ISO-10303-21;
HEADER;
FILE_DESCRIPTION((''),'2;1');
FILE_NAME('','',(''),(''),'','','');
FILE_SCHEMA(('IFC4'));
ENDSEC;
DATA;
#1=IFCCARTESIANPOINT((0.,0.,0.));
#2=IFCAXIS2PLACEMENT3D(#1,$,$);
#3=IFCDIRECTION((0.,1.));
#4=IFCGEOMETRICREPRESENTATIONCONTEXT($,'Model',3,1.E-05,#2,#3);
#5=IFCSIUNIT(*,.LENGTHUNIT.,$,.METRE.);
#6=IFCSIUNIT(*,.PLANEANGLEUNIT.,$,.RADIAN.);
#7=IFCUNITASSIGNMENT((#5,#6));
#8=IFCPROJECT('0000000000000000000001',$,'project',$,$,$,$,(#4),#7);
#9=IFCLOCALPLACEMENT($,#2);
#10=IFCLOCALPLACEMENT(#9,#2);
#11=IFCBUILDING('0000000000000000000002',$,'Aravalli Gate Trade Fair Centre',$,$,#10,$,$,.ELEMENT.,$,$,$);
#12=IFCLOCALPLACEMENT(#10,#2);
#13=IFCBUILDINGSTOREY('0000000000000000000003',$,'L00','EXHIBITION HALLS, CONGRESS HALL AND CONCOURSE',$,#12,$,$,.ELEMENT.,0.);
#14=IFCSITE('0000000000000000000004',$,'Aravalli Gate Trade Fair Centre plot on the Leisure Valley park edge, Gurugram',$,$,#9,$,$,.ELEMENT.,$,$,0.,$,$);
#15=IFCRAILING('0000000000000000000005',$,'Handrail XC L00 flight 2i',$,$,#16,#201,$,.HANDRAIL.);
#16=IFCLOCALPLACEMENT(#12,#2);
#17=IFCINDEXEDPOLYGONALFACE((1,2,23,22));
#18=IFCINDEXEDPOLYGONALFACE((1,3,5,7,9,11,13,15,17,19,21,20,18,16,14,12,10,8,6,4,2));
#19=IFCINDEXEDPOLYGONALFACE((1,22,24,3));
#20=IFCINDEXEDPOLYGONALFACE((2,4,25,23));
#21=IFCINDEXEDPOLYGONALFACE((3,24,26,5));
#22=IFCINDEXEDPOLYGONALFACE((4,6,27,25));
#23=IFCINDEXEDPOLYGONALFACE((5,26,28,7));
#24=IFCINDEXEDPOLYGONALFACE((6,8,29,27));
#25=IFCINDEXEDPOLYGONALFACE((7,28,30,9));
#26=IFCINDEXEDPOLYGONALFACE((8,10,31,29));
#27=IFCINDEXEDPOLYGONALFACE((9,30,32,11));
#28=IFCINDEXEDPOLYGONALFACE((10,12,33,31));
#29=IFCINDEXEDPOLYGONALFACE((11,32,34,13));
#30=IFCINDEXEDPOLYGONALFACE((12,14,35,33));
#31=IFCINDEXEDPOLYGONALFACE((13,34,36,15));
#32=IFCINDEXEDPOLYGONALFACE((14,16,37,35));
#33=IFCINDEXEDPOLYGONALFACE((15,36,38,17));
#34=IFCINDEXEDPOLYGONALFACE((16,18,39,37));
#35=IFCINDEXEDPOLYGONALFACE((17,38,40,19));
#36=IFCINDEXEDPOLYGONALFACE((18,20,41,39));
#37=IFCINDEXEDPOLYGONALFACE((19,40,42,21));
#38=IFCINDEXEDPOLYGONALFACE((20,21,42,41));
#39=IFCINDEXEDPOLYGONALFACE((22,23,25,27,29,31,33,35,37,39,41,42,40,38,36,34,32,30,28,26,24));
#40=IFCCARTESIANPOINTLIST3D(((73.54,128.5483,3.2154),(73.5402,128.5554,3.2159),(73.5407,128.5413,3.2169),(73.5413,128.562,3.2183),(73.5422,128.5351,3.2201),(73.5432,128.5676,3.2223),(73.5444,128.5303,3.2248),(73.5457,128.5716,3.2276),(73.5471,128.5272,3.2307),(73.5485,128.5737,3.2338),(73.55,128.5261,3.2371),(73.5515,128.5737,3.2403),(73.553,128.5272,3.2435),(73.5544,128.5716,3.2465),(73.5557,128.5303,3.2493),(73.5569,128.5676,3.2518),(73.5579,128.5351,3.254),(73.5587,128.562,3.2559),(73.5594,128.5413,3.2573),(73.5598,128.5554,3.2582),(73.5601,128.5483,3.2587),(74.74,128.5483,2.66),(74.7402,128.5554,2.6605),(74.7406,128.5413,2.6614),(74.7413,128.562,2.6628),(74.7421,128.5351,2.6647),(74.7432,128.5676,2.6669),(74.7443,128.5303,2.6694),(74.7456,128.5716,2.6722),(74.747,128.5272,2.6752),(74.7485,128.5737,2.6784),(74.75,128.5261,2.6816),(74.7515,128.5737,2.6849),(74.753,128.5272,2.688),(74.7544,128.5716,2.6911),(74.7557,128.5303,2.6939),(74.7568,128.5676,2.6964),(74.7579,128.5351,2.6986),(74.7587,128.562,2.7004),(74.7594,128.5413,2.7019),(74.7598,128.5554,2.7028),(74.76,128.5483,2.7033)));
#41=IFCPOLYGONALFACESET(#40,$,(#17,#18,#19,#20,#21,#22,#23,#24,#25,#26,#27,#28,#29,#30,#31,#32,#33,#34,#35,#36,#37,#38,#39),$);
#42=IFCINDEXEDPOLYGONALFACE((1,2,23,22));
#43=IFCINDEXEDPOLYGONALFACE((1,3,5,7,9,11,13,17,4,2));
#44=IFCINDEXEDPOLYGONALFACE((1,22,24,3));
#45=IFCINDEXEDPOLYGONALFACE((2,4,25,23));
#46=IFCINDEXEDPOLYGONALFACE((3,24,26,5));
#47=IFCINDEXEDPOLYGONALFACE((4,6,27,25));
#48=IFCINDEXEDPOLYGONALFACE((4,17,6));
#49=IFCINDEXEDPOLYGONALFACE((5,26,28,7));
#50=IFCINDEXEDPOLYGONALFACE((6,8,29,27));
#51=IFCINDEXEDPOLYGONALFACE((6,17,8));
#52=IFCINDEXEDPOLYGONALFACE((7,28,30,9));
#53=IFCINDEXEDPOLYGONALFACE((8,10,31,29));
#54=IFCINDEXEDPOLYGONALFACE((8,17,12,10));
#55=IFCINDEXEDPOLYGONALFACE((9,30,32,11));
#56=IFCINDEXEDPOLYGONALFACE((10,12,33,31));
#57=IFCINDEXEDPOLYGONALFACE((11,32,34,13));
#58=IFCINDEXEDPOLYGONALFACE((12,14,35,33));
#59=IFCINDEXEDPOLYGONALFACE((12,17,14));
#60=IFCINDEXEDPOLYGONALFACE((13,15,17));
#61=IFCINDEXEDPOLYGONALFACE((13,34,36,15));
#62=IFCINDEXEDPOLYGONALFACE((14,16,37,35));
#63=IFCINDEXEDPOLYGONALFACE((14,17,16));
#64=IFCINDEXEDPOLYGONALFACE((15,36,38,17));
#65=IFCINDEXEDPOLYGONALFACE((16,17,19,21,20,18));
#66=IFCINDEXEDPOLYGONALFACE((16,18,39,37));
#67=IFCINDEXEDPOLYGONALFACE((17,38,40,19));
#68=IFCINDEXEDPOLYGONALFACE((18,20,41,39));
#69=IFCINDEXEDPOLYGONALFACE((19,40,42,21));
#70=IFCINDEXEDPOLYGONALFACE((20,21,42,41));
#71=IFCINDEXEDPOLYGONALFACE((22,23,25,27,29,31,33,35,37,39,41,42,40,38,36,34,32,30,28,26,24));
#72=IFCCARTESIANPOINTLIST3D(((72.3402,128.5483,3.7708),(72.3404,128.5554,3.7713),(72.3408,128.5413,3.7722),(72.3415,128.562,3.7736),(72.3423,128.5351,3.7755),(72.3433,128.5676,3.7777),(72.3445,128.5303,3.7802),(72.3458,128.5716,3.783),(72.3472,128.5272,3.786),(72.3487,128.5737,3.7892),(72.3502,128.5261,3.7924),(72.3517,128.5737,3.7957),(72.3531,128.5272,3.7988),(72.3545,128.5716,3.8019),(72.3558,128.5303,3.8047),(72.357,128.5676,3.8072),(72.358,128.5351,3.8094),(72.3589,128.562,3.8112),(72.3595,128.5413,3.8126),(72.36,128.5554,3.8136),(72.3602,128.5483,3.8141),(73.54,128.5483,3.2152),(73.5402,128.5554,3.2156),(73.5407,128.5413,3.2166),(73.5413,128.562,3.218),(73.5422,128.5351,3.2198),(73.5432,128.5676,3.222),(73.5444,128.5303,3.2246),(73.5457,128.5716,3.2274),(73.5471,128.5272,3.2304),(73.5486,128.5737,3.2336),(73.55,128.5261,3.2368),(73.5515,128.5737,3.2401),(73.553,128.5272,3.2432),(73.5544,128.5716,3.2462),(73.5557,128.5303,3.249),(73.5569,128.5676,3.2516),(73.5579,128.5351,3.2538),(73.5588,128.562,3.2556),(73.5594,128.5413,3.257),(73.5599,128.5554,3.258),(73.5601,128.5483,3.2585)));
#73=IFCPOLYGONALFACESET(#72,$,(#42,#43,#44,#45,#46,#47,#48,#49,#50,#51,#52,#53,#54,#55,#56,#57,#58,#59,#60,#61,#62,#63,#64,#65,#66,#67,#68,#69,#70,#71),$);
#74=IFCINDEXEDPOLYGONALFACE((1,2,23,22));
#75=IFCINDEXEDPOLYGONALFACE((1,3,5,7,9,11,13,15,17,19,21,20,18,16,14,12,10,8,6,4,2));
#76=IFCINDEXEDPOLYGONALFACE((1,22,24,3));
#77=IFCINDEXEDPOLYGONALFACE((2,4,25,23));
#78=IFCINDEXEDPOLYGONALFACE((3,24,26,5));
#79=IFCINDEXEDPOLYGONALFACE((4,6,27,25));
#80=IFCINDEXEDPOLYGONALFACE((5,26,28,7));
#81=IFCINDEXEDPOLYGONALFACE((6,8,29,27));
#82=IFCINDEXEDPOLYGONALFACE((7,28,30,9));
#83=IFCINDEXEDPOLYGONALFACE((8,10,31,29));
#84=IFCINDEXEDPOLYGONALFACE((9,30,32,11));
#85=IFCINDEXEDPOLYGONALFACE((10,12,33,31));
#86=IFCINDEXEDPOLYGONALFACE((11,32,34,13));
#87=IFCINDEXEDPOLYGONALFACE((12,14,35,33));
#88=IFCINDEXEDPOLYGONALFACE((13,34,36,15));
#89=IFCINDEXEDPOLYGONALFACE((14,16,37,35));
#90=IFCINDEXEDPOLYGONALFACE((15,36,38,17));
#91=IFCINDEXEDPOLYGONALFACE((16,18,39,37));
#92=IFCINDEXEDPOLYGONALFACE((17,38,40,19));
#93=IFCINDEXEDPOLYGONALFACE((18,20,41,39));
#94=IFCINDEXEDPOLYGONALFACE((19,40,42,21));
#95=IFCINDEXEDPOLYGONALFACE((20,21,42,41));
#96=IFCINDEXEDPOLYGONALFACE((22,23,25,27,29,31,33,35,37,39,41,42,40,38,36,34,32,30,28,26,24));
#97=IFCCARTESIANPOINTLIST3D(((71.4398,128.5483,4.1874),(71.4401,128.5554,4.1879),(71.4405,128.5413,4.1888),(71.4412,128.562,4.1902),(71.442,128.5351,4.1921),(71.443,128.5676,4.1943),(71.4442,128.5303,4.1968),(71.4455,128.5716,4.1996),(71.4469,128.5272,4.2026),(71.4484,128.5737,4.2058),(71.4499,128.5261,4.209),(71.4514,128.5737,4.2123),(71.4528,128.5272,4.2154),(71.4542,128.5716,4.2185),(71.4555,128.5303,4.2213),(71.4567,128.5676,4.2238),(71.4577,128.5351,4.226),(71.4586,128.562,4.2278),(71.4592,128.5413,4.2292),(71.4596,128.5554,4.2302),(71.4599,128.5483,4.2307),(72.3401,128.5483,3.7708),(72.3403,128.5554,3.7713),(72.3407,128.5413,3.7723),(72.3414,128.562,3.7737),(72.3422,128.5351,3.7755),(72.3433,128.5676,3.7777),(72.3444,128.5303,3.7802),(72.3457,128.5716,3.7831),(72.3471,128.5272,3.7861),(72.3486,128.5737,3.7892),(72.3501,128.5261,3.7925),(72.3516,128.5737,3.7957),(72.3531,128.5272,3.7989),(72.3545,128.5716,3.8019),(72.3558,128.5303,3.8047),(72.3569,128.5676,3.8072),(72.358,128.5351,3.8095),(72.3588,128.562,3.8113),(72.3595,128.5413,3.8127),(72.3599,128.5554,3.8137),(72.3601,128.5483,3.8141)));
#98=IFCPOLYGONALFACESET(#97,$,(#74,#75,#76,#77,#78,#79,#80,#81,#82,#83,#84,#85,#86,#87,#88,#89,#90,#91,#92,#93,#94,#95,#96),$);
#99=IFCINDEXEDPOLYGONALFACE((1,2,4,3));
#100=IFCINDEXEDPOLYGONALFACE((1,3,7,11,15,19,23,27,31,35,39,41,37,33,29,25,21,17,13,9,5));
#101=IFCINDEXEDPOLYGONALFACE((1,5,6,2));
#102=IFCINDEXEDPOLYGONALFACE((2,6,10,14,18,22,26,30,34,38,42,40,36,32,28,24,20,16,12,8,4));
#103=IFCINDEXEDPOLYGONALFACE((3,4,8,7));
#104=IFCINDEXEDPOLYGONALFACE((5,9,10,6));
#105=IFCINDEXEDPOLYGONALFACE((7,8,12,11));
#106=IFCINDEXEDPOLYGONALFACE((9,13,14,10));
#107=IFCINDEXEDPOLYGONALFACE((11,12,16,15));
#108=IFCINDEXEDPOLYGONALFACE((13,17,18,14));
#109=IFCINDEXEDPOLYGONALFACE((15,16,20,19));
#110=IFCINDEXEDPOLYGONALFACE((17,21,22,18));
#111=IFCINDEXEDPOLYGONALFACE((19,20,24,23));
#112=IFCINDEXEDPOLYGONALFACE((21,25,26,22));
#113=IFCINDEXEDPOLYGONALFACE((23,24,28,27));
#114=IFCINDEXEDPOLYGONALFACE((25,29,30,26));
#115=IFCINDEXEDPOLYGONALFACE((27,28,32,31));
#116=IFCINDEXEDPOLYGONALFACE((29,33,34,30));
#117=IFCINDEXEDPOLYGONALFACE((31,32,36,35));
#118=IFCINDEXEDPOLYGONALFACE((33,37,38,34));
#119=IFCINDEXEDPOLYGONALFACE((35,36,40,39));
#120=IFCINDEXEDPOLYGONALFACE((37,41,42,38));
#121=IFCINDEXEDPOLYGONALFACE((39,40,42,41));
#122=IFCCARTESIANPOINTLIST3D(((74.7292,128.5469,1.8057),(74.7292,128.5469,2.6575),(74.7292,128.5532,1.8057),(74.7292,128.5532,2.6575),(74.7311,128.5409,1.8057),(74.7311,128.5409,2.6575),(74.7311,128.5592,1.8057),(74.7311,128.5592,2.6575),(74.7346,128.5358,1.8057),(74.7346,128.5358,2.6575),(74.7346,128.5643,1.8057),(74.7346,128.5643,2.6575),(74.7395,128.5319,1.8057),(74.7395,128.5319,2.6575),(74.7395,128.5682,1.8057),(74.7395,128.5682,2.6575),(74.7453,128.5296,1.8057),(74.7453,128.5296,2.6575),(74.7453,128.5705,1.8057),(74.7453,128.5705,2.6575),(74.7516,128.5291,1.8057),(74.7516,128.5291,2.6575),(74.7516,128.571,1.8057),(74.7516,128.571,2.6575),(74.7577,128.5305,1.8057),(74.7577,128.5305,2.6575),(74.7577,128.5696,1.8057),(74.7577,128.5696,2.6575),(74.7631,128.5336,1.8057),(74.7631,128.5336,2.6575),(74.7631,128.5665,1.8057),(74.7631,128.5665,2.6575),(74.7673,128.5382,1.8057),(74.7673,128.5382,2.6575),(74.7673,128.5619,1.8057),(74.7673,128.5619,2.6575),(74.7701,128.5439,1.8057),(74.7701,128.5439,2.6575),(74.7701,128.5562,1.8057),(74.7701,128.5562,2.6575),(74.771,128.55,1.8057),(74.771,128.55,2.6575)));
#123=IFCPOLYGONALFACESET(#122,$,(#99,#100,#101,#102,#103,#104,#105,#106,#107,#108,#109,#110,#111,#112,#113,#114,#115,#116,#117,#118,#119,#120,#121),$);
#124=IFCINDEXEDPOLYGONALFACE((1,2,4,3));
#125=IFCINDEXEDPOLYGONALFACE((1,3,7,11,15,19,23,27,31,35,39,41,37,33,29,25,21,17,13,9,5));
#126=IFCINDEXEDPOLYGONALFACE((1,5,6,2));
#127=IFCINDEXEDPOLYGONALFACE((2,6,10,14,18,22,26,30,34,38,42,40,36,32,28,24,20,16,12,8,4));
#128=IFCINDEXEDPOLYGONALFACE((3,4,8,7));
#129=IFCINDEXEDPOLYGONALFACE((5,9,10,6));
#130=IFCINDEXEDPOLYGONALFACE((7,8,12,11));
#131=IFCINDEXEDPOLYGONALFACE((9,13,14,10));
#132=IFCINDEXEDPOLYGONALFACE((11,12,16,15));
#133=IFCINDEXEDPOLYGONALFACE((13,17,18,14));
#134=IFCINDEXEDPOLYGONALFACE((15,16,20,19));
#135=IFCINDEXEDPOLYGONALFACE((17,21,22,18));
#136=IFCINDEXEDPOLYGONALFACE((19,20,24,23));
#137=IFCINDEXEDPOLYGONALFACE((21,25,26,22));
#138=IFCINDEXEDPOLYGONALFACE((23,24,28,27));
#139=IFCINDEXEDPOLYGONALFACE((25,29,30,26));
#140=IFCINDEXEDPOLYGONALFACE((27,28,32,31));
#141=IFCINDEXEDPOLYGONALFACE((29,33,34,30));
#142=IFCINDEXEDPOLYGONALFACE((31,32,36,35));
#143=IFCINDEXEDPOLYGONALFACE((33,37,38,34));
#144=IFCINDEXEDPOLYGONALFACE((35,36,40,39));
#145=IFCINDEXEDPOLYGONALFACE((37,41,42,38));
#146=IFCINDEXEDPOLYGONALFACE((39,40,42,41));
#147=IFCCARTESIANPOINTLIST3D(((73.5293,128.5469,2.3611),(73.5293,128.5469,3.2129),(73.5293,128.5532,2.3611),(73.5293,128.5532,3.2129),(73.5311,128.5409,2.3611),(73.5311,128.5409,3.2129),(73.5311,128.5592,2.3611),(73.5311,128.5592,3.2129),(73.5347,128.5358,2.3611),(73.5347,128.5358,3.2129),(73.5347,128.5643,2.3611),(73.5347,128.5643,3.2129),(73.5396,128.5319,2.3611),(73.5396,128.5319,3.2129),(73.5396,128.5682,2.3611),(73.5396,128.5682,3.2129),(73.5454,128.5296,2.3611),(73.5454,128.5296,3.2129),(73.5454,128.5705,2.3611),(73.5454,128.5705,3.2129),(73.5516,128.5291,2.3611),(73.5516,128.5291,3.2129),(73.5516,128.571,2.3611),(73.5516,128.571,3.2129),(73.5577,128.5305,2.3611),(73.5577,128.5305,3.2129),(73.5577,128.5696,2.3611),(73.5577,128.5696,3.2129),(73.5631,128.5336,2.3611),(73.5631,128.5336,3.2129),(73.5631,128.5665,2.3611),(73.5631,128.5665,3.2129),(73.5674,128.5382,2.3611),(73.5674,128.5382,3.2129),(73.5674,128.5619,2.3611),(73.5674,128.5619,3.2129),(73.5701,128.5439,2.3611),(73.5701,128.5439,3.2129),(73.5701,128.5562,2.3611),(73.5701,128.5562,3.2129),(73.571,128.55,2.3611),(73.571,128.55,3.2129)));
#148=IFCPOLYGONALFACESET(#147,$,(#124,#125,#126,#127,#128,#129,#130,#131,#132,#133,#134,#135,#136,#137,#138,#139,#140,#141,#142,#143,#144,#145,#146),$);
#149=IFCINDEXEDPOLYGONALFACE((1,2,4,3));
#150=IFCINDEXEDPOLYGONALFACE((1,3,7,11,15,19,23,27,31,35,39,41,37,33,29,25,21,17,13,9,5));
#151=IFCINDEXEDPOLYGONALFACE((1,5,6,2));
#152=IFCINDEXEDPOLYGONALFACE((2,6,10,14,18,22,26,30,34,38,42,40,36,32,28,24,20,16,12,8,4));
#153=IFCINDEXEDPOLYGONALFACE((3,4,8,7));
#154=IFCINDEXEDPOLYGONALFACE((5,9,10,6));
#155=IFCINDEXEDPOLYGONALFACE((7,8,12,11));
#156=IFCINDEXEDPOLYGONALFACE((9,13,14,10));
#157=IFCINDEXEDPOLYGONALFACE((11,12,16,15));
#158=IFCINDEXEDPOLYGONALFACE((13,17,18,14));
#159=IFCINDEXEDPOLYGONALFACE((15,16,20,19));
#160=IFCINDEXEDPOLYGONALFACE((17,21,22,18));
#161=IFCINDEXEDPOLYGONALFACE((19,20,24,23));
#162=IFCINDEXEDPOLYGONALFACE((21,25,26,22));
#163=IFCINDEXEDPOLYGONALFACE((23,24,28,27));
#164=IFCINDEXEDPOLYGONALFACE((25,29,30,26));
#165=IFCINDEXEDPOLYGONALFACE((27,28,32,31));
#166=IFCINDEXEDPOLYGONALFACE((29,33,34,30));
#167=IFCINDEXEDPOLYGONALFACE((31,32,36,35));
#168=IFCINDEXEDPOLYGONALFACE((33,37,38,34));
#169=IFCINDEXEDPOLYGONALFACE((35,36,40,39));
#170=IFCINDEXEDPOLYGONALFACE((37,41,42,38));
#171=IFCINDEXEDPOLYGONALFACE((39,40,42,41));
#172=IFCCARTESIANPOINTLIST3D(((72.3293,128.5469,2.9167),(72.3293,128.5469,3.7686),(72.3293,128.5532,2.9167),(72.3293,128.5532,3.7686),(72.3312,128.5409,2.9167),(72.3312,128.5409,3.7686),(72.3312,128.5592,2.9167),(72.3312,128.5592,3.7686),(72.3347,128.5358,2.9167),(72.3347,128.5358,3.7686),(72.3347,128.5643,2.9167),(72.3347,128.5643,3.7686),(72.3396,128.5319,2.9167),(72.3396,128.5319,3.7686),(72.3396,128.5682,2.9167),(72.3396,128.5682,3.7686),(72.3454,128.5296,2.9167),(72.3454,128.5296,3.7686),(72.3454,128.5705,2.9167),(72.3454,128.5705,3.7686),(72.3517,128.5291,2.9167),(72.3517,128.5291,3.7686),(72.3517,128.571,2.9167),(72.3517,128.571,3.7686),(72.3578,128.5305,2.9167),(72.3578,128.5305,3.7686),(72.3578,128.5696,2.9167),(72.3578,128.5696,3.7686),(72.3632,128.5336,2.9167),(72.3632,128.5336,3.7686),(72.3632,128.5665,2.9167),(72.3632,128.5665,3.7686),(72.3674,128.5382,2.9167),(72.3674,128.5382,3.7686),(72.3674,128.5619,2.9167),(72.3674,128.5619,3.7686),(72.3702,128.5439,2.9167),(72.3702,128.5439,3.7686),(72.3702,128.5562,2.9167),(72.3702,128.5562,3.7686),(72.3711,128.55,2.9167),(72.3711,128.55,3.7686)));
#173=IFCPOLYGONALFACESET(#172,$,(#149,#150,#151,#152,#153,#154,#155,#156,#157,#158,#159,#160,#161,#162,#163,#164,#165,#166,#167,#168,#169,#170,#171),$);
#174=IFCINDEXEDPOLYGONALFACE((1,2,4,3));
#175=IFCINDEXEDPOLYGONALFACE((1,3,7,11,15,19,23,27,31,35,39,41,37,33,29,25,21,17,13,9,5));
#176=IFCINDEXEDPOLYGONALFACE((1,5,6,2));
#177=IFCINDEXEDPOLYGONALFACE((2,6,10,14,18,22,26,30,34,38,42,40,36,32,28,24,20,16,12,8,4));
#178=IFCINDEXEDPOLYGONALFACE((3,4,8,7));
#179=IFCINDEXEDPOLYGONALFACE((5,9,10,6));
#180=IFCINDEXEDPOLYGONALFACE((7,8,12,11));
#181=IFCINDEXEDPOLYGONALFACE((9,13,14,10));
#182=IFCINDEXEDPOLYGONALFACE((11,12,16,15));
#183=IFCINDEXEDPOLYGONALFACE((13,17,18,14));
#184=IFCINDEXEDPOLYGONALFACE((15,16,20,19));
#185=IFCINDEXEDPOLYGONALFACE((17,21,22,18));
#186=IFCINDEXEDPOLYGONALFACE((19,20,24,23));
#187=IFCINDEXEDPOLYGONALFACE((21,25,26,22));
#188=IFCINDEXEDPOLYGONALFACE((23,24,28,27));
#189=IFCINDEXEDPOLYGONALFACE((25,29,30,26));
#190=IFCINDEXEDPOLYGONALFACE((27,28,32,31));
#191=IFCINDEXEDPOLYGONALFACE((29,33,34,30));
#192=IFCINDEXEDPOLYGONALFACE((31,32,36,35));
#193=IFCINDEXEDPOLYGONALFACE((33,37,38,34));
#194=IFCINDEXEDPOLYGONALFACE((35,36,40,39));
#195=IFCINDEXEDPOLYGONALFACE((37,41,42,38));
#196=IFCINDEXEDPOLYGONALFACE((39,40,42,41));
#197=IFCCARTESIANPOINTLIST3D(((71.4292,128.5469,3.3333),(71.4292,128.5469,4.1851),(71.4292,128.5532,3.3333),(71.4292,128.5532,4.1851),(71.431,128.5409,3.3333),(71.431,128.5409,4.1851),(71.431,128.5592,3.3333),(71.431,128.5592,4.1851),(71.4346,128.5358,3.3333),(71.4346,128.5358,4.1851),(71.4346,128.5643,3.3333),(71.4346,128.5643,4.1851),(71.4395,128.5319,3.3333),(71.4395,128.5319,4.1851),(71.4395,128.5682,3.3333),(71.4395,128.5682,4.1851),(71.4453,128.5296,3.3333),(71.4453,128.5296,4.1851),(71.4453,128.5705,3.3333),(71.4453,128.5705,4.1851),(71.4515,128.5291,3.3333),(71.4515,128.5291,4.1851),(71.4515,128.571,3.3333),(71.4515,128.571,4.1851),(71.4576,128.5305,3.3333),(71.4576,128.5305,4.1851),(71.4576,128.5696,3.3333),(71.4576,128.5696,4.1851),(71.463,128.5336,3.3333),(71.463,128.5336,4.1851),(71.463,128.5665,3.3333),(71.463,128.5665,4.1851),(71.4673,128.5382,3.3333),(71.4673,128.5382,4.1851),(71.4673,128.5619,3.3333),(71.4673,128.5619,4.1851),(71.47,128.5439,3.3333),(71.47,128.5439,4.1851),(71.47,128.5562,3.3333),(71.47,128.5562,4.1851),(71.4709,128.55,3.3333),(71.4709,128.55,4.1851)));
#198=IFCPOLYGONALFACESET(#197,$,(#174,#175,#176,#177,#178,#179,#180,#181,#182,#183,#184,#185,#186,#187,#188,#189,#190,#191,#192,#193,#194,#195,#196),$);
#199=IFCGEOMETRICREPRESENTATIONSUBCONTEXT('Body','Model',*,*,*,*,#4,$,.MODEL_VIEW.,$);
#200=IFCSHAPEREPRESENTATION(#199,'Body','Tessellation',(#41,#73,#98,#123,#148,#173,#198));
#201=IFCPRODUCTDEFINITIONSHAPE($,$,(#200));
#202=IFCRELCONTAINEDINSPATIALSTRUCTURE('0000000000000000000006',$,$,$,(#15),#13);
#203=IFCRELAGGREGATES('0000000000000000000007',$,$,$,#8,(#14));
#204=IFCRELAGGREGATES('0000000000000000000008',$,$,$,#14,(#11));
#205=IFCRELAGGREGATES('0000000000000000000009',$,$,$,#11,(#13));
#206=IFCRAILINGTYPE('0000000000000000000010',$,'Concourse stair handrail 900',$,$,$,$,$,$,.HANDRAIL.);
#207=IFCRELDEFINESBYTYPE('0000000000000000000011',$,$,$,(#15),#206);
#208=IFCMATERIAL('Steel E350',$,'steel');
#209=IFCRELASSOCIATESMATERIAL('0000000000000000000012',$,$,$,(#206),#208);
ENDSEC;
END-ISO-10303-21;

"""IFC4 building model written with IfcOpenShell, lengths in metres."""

from ifc_helpers import new_model, si_unit, direction, frame, origin, origin_2d, place, context, subcontext, project, spatial, circle, extrude, material, type_object, element, save


model = new_model("IFC4")

# Units and contexts
model_context = context("Model", 3, precision=1e-05, world=origin(), true_north=direction((0.0, 1.0)))
body_context = subcontext(model_context, "Body", "Model", "MODEL_VIEW")
ifc_project = project(units=[si_unit("LENGTHUNIT", "METRE"), si_unit("PLANEANGLEUNIT", "RADIAN")], contexts=[model_context])

# Site, building, storey
site_placement = place(None, origin())
site = spatial("IfcSite", under=ifc_project, at=site_placement, Name="Aravalli Gate Trade Fair Centre plot on the Leisure Valley park edge, Gurugram", CompositionType="ELEMENT", RefElevation=0.0)
building_placement = place(site_placement, origin())
building = spatial("IfcBuilding", under=site, at=building_placement, Name="Aravalli Gate Trade Fair Centre", CompositionType="ELEMENT")
storey_placement = place(building_placement, origin())
storey = spatial("IfcBuildingStorey", under=building, at=storey_placement, Name="L00", Description="EXHIBITION HALLS, CONGRESS HALL AND CONCOURSE", CompositionType="ELEMENT", Elevation=0.0)

# Shared definitions
ifc_material_1 = material(Name="Steel E350", Category="steel")

# Railing
railing_type = type_object("IfcRailingType", Name="Concourse stair handrail 900", PredefinedType="HANDRAIL", material=ifc_material_1)
for number, where, name in (
    (1, (74.75, 128.55, 1.8057), "Handrail XC L00 flight 2i"),
):
    element("IfcRailing", number, at=place(storey_placement, frame(where)), inside=storey, type_object=railing_type, Name=name, PredefinedType="HANDRAIL", context=body_context, shape_type="SweptSolid", body=[
        extrude(circle(Radius=0.0239, at=origin_2d()), frame((0.0, 0.0, 0.876), z_axis=(-0.907499, 0.0, 0.420053), x_axis=(0.0, -1.0, 0.0)), (0.0, 0.0, 1.0), 1.3223),
        extrude(circle(Radius=0.0239, at=origin_2d()), frame((-1.2, 0.0, 1.4312), z_axis=(-0.907429, 0.0, 0.420205), x_axis=(0.0, -1.0, 0.0)), (0.0, 0.0, 1.0), 1.3223),
        extrude(circle(Radius=0.0239, at=origin_2d()), frame((-2.3999, 0.0, 1.9868), z_axis=(-0.907556, 0.0, 0.419932), x_axis=(0.0, -1.0, 0.0)), (0.0, 0.0, 1.0), 0.9919),
        extrude(circle(Radius=0.021, at=origin_2d()), origin(), (0.0, 0.0, 1.0), 0.8518),
        extrude(circle(Radius=0.021, at=origin_2d()), frame((-1.2, 0.0, 0.5554)), (0.0, 0.0, 1.0), 0.8518),
        extrude(circle(Radius=0.021, at=origin_2d()), frame((-2.3999, 0.0, 1.1111)), (0.0, 0.0, 1.0), 0.8518),
        extrude(circle(Radius=0.021, at=origin_2d()), frame((-3.3, 0.0, 1.5276)), (0.0, 0.0, 1.0), 0.8518),
    ])

save(model, "model.ifc")
